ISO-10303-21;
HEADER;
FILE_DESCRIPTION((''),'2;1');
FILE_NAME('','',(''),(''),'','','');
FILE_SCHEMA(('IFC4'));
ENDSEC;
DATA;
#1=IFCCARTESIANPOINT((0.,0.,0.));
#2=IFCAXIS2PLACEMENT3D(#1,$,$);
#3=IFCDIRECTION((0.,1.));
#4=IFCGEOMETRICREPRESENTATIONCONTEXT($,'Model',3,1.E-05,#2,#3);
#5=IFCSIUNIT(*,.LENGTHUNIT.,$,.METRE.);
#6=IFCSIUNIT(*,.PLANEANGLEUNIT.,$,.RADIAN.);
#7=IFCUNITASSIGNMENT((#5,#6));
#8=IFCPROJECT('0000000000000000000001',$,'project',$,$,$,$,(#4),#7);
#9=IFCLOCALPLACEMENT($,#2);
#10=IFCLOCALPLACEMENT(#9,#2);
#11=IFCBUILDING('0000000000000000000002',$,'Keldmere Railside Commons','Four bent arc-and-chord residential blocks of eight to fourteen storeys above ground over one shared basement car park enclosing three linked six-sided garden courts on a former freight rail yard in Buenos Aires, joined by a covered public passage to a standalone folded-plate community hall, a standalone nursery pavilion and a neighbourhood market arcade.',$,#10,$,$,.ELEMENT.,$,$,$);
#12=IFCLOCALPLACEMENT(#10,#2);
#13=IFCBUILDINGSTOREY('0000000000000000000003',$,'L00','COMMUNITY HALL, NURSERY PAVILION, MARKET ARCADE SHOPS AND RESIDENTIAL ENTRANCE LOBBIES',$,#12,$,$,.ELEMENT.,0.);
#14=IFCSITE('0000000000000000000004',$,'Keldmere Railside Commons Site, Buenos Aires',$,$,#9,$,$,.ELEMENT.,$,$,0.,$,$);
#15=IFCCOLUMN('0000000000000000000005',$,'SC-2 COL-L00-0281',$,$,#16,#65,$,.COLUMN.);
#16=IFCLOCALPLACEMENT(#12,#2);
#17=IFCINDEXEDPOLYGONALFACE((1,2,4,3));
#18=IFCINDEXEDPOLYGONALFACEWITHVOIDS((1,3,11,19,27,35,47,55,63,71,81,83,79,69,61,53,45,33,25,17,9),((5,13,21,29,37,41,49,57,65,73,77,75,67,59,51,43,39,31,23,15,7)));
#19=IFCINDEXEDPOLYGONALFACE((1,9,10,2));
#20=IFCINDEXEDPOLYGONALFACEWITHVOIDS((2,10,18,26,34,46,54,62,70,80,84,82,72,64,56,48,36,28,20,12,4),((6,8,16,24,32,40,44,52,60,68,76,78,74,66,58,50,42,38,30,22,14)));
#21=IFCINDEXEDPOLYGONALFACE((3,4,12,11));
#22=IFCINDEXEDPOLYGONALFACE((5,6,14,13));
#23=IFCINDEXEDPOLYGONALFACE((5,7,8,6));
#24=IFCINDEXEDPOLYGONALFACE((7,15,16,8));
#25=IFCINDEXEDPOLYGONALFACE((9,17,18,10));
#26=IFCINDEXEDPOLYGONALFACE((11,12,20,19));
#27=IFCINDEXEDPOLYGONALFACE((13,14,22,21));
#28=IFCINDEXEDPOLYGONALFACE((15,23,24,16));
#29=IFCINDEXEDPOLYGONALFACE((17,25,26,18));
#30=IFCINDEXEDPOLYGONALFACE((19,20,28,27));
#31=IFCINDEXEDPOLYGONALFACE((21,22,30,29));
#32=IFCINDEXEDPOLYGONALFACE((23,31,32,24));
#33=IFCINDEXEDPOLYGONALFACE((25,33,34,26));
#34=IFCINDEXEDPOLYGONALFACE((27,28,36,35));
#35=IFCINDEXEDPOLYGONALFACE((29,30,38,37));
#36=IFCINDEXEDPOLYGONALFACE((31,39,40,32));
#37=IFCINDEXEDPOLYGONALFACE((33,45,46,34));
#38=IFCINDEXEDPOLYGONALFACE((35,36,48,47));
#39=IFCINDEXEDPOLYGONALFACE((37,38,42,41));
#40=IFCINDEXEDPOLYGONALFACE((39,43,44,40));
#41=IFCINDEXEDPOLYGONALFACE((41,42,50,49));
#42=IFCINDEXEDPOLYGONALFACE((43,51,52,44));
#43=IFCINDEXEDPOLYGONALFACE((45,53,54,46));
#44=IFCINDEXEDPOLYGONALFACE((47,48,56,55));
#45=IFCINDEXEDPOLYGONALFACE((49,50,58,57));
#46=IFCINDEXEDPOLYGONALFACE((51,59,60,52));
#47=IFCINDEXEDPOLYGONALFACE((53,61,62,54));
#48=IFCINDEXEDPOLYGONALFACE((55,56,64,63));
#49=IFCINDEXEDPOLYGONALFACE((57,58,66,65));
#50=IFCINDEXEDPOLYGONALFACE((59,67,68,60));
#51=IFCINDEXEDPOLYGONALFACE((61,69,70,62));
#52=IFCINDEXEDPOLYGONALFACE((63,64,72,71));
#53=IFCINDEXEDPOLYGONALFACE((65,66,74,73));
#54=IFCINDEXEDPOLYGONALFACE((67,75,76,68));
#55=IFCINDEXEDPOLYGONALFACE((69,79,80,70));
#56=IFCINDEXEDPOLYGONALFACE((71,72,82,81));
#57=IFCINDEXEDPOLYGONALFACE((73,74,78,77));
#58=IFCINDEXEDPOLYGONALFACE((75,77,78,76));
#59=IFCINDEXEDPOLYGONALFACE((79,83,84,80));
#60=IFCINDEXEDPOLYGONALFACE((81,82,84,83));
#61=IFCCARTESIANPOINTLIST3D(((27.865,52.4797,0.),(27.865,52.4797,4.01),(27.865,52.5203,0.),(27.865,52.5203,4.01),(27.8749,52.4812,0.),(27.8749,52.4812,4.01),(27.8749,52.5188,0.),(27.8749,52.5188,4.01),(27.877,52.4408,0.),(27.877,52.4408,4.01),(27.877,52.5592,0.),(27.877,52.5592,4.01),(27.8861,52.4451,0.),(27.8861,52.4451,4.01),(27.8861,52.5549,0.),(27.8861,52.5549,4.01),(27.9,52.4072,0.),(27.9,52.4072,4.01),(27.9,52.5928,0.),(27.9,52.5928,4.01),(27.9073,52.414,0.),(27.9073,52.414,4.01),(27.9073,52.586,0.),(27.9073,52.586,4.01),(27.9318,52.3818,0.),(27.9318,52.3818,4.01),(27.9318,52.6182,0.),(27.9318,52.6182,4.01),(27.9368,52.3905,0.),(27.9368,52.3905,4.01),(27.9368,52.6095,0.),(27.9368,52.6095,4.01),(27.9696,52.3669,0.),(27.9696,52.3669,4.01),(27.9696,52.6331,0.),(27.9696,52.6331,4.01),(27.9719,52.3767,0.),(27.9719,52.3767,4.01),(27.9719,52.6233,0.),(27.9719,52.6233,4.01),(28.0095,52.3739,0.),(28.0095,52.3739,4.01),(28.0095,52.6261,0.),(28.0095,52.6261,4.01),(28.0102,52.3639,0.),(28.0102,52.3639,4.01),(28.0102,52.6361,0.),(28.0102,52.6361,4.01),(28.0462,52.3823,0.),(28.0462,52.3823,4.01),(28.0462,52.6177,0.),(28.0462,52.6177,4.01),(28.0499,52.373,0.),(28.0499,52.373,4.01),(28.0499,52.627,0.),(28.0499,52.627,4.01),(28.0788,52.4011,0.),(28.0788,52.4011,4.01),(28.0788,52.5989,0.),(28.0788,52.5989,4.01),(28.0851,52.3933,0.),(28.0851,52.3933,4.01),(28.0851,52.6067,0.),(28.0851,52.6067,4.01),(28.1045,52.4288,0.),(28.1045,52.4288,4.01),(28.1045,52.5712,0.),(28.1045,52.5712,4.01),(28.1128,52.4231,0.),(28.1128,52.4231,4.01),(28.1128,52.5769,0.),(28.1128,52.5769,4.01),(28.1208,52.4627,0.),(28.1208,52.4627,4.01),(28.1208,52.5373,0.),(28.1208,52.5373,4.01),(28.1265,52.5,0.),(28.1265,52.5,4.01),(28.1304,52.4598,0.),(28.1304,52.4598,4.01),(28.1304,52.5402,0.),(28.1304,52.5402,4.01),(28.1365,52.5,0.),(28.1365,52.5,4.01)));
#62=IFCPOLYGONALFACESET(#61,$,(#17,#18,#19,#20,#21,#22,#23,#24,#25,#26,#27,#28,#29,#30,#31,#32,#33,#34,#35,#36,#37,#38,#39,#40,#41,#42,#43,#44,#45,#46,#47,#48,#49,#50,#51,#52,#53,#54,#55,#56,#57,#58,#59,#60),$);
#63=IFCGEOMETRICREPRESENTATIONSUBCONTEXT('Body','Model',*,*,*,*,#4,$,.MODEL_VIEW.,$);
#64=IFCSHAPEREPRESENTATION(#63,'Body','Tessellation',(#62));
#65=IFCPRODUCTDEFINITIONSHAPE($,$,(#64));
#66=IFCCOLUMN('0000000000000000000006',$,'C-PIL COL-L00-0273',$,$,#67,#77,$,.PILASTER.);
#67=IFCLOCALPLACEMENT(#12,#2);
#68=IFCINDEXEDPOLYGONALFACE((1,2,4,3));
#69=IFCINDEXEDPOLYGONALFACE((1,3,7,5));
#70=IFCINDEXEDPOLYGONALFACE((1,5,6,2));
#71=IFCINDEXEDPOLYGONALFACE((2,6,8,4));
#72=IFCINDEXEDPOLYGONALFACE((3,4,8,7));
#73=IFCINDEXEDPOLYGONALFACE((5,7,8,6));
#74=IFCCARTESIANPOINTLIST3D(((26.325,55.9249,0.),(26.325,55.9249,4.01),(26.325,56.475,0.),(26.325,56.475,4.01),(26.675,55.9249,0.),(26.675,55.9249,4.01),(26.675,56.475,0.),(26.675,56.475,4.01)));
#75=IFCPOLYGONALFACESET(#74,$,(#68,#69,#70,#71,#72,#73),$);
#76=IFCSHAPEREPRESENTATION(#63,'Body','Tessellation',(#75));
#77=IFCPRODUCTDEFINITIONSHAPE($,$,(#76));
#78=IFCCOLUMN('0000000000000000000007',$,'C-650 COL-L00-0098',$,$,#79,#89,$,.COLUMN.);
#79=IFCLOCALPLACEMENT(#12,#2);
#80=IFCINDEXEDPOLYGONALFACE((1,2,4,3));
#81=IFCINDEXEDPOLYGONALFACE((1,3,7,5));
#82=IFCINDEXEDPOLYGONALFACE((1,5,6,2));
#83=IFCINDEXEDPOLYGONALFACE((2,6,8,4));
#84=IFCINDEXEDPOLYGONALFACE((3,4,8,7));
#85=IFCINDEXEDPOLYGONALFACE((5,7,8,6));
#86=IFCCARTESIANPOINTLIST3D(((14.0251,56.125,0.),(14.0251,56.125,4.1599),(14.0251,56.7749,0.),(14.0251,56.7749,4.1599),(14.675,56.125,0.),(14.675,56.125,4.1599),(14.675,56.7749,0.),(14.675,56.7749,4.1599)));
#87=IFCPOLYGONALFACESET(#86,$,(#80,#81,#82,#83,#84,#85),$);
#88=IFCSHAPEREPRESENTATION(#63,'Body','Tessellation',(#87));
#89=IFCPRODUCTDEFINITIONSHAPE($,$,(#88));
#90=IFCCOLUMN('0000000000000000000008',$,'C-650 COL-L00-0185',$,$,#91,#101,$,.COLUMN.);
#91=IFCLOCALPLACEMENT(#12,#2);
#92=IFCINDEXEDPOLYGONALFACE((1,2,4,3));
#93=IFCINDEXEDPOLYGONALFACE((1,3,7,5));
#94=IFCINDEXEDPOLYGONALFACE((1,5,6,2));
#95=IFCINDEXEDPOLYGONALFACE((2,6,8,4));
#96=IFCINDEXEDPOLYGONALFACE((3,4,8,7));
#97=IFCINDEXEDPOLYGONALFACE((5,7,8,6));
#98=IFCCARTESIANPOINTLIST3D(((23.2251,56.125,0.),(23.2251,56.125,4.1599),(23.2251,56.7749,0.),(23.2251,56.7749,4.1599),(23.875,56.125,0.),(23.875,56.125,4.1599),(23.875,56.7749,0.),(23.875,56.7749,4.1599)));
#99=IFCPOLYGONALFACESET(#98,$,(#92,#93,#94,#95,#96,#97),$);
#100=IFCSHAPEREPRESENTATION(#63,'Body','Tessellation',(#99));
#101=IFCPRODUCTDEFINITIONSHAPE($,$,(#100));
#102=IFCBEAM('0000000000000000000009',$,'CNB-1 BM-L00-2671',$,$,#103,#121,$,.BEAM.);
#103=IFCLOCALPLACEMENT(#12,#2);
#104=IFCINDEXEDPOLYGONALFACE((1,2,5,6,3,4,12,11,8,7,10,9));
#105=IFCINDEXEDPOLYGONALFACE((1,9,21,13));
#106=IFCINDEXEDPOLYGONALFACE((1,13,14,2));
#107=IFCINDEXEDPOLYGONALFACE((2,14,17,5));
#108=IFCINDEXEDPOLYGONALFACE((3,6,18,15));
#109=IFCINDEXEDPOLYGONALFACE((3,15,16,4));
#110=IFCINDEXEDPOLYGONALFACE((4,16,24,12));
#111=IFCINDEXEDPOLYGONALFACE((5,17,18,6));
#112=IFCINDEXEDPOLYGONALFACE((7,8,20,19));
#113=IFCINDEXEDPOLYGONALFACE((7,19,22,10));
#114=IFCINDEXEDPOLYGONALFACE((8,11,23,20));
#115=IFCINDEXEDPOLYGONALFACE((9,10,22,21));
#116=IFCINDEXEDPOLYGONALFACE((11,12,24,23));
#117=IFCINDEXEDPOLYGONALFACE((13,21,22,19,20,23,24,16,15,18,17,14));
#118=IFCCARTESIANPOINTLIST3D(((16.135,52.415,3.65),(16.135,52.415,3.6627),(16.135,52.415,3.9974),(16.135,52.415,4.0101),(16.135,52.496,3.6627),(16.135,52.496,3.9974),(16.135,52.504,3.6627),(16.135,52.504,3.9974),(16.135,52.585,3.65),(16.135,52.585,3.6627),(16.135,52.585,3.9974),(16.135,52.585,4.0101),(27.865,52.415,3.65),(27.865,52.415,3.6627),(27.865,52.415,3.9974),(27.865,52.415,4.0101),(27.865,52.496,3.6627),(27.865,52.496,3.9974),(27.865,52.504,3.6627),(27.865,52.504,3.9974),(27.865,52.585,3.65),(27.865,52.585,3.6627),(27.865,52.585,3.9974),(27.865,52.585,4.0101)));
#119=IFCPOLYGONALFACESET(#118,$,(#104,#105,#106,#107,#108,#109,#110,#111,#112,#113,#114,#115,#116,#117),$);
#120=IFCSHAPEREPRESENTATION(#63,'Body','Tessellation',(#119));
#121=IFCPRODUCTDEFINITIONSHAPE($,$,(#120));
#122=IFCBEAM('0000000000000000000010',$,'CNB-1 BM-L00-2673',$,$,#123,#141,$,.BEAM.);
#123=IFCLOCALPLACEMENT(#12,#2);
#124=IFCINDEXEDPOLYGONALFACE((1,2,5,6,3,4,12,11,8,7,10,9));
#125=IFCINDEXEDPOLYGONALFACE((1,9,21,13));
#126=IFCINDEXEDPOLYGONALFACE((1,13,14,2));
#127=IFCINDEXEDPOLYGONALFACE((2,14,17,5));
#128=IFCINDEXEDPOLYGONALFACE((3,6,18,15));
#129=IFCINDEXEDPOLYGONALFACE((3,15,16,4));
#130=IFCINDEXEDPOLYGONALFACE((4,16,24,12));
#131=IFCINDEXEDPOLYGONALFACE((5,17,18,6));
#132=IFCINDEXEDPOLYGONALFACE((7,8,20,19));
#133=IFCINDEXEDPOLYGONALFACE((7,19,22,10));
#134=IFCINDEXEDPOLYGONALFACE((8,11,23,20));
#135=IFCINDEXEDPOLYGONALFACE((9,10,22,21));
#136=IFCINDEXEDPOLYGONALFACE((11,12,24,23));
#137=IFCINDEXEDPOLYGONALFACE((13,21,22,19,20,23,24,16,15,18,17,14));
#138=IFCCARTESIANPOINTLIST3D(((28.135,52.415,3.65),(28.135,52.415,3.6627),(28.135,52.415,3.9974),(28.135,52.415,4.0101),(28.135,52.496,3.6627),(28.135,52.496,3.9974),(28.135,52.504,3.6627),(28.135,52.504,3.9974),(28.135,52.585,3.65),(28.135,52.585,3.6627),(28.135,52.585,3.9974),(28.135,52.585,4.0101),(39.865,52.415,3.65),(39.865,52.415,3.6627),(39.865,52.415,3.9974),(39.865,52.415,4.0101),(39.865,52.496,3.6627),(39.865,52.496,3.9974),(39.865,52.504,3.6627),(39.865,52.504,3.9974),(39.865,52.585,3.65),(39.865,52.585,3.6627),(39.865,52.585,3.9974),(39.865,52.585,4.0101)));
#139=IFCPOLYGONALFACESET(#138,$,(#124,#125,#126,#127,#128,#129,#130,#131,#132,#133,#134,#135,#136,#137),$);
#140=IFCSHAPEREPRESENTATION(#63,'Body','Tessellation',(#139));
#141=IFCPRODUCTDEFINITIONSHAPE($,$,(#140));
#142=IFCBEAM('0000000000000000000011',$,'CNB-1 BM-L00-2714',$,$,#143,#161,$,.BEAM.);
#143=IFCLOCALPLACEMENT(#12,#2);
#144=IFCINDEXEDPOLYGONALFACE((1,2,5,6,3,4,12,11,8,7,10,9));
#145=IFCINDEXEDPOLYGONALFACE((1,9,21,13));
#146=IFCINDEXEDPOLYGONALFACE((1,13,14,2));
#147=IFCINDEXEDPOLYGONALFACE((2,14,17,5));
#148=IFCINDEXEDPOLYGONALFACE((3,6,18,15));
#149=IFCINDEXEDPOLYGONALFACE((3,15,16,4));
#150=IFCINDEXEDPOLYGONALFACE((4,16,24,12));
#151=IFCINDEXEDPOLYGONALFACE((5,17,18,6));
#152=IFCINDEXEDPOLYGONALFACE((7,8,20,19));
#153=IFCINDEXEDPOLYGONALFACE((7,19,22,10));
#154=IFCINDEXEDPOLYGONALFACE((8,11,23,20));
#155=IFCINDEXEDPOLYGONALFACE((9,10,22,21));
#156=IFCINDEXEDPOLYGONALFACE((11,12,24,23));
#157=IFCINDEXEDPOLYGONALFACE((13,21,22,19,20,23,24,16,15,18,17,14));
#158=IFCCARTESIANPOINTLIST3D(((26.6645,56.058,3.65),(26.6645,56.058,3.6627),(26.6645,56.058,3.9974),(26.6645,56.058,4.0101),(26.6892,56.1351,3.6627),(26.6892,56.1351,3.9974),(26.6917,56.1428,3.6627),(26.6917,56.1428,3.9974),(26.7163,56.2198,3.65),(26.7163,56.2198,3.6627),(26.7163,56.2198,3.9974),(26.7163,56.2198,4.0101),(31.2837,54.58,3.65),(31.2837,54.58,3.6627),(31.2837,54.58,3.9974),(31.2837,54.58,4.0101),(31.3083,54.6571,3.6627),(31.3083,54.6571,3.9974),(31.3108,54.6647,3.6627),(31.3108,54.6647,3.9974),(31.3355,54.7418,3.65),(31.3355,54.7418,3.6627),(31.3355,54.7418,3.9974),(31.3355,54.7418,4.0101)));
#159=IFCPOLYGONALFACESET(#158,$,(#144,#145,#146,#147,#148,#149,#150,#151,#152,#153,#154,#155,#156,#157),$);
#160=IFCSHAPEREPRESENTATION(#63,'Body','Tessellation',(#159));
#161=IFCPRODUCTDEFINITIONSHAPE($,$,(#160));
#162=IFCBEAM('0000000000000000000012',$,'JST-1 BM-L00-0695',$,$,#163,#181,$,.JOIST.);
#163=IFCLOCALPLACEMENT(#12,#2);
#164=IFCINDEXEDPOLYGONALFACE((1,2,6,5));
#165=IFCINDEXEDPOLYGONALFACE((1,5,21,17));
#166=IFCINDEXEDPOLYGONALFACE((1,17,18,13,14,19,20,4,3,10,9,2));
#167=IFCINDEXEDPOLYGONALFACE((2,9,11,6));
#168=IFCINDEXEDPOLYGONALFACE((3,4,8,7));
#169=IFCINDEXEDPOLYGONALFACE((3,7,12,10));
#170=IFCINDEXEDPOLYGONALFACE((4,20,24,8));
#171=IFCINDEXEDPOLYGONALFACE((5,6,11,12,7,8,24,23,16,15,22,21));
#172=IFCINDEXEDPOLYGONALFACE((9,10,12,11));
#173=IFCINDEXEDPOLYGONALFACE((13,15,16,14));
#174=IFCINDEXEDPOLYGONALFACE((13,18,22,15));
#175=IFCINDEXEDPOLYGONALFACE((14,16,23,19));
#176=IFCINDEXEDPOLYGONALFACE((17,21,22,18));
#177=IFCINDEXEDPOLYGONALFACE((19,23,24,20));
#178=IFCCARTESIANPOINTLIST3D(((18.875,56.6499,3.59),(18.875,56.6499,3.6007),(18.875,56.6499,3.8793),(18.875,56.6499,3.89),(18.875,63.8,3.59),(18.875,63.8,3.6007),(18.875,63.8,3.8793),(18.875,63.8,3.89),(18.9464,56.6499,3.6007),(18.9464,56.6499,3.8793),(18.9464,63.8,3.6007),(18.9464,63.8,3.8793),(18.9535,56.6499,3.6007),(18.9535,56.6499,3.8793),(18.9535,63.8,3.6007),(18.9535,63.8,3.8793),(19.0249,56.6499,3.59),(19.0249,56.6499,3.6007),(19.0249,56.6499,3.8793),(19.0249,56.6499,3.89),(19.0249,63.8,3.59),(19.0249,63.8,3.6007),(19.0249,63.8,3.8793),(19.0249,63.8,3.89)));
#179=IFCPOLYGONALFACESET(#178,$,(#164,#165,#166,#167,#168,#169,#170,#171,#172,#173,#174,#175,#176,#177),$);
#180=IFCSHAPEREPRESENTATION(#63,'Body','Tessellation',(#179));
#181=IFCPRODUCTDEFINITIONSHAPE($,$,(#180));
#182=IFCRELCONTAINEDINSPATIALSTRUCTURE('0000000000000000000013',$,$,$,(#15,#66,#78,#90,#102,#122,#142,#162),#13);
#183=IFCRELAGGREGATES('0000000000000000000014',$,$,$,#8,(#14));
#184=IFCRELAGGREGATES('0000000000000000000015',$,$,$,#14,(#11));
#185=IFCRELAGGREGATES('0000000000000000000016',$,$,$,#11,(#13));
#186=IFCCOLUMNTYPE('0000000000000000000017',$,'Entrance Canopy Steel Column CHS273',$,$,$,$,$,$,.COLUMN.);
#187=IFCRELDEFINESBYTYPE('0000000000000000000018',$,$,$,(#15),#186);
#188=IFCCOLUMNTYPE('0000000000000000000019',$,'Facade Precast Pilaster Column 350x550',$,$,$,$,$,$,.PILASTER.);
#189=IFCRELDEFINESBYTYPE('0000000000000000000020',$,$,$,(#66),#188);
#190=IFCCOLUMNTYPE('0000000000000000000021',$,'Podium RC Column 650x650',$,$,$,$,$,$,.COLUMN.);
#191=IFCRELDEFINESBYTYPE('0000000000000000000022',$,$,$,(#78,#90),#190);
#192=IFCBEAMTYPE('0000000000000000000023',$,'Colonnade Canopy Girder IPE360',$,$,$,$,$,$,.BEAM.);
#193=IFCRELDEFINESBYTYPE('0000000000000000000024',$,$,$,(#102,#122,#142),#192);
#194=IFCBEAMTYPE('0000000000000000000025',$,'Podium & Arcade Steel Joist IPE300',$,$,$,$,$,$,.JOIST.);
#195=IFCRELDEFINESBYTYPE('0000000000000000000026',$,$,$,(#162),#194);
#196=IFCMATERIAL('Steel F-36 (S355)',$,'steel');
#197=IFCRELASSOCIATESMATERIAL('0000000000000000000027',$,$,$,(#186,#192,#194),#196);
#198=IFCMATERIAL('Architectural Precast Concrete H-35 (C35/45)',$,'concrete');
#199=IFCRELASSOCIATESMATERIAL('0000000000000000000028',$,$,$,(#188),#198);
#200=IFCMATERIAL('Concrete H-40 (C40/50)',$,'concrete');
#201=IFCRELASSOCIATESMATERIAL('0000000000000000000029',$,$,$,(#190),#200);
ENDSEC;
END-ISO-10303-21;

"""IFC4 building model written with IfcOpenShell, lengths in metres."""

from ifc_helpers import new_model, si_unit, direction, frame, origin, origin_2d, place, context, subcontext, project, spatial, rectangle, hollow_circle, i_section, extrude, material, material_profile, profile_set, type_object, element, save


model = new_model("IFC4")

# Units and contexts
model_context = context("Model", 3, precision=1e-05, world=origin(), true_north=direction((0.0, 1.0)))
body_context = subcontext(model_context, "Body", "Model", "MODEL_VIEW")
ifc_project = project(units=[si_unit("LENGTHUNIT", "METRE"), si_unit("PLANEANGLEUNIT", "RADIAN")], contexts=[model_context])

# Site, building, storey
site_placement = place(None, origin())
site = spatial("IfcSite", under=ifc_project, at=site_placement, Name="Keldmere Railside Commons Site, Buenos Aires", CompositionType="ELEMENT", RefElevation=0.0)
building_placement = place(site_placement, origin())
building = spatial("IfcBuilding", under=site, at=building_placement, Name="Keldmere Railside Commons", Description="Four bent arc-and-chord residential blocks of eight to fourteen storeys above ground over one shared basement car park enclosing three linked six-sided garden courts on a former freight rail yard in Buenos Aires, joined by a covered public passage to a standalone folded-plate community hall, a standalone nursery pavilion and a neighbourhood market arcade.", CompositionType="ELEMENT")
storey_placement = place(building_placement, origin())
storey = spatial("IfcBuildingStorey", under=building, at=storey_placement, Name="L00", Description="COMMUNITY HALL, NURSERY PAVILION, MARKET ARCADE SHOPS AND RESIDENTIAL ENTRANCE LOBBIES", CompositionType="ELEMENT", Elevation=0.0)

# Columns
ifc_material_1 = material(Name="Steel F-36 (S355)", Category="steel")
ifc_material_profile_1 = material_profile(ifc_material_1, hollow_circle(Radius=0.1365, WallThickness=0.01, at=origin_2d()), Name="CHS-273x10")
ifc_profile_set_1 = profile_set([ifc_material_profile_1], Name="Steel F-36 (S355)")
column_type_1 = type_object("IfcColumnType", Name="Entrance Canopy Steel Column CHS273", PredefinedType="COLUMN", material=ifc_profile_set_1)
column_1_placement = place(storey_placement, frame((28.0, 52.5, 0.0), z_axis=(0.0, 0.0, 1.0), x_axis=(1.0, 0.0, 0.0)))
element("IfcColumn", 1, at=column_1_placement, inside=storey, type_object=column_type_1, Name="SC-2 COL-L00-0281", PredefinedType="COLUMN", context=body_context, shape_type="SweptSolid", body=[
    extrude(hollow_circle(Radius=0.1365, WallThickness=0.01, at=origin_2d()), origin(), (0.0, 0.0, 1.0), 4.01),
])
ifc_material_2 = material(Name="Architectural Precast Concrete H-35 (C35/45)", Category="concrete")
ifc_material_profile_2 = material_profile(ifc_material_2, rectangle(XDim=0.3501, YDim=0.55, at=origin_2d()), Name="RC-350x550")
ifc_profile_set_2 = profile_set([ifc_material_profile_2], Name="Architectural Precast Concrete H-35 (C35/45)")
column_type_2 = type_object("IfcColumnType", Name="Facade Precast Pilaster Column 350x550", PredefinedType="PILASTER", material=ifc_profile_set_2)
column_2_placement = place(storey_placement, frame((26.5, 56.2, 0.0), z_axis=(0.0, 0.0, 1.0), x_axis=(1.0, 0.0, 0.0)))
element("IfcColumn", 2, at=column_2_placement, inside=storey, type_object=column_type_2, Name="C-PIL COL-L00-0273", PredefinedType="PILASTER", context=body_context, shape_type="SweptSolid", body=[
    extrude(rectangle(XDim=0.3501, YDim=0.55, at=origin_2d()), origin(), (0.0, 0.0, 1.0), 4.01),
])
ifc_material_3 = material(Name="Concrete H-40 (C40/50)", Category="concrete")
ifc_material_profile_3 = material_profile(ifc_material_3, rectangle(XDim=0.6499, YDim=0.6499, at=origin_2d()), Name="RC-650x650")
ifc_profile_set_3 = profile_set([ifc_material_profile_3], Name="Concrete H-40 (C40/50)")
column_type_3 = type_object("IfcColumnType", Name="Podium RC Column 650x650", PredefinedType="COLUMN", material=ifc_profile_set_3)
for number, where, z_axis, x_axis, name in (
    (3, (14.3501, 56.45, 0.0), (0.0, 0.0, 1.0), (1.0, 0.0, 0.0), "C-650 COL-L00-0098"),
    (4, (23.55, 56.45, 0.0), (0.0, 0.0, 1.0), (1.0, 0.0, 0.0), "C-650 COL-L00-0185"),
):
    element("IfcColumn", number, at=place(storey_placement, frame(where, z_axis=z_axis, x_axis=x_axis)), inside=storey, type_object=column_type_3, Name=name, PredefinedType="COLUMN", context=body_context, shape_type="SweptSolid", body=[
        extrude(rectangle(XDim=0.6499, YDim=0.6499, at=origin_2d()), origin(), (0.0, 0.0, 1.0), 4.1599),
    ])

# Beams
ifc_material_profile_4 = material_profile(ifc_material_1, i_section(OverallWidth=0.1699, OverallDepth=0.3601, WebThickness=0.0081, FlangeThickness=0.0127, at=origin_2d()), Name="IPE-360")
ifc_profile_set_4 = profile_set([ifc_material_profile_4], Name="Steel F-36 (S355)")
beam_type_1 = type_object("IfcBeamType", Name="Colonnade Canopy Girder IPE360", PredefinedType="BEAM", material=ifc_profile_set_4)
for number, where, z_axis, x_axis, name in (
    (5, (16.135, 52.5, 3.8301), (1.0, 0.0, 0.0), (0.0, 1.0, 0.0), "CNB-1 BM-L00-2671"),
    (6, (28.135, 52.5, 3.8301), (1.0, 0.0, 0.0), (0.0, 1.0, 0.0), "CNB-1 BM-L00-2673"),
):
    element("IfcBeam", number, at=place(storey_placement, frame(where, z_axis=z_axis, x_axis=x_axis)), inside=storey, type_object=beam_type_1, Name=name, PredefinedType="BEAM", context=body_context, shape_type="SweptSolid", body=[
        extrude(i_section(OverallWidth=0.1699, OverallDepth=0.3601, WebThickness=0.0081, FlangeThickness=0.0127, at=origin_2d()), origin(), (0.0, 0.0, 1.0), 11.73),
    ])
beam_1_placement = place(storey_placement, frame((26.6904, 56.1389, 3.8301), z_axis=(0.95243, -0.304757, 0.0), x_axis=(0.304757, 0.95243, 0.0)))
element("IfcBeam", 7, at=beam_1_placement, inside=storey, type_object=beam_type_1, Name="CNB-1 BM-L00-2714", PredefinedType="BEAM", context=body_context, shape_type="SweptSolid", body=[
    extrude(i_section(OverallWidth=0.1699, OverallDepth=0.3601, WebThickness=0.0081, FlangeThickness=0.0127, at=origin_2d()), origin(), (0.0, 0.0, 1.0), 4.8499),
])
ifc_material_profile_5 = material_profile(ifc_material_1, i_section(OverallWidth=0.1499, OverallDepth=0.3, WebThickness=0.0071, FlangeThickness=0.0107, at=origin_2d()), Name="IPE-300")
ifc_profile_set_5 = profile_set([ifc_material_profile_5], Name="Steel F-36 (S355)")
beam_type_2 = type_object("IfcBeamType", Name="Podium & Arcade Steel Joist IPE300", PredefinedType="JOIST", material=ifc_profile_set_5)
beam_2_placement = place(storey_placement, frame((18.95, 56.6499, 3.74), z_axis=(0.0, 1.0, 0.0), x_axis=(-1.0, 0.0, 0.0)))
element("IfcBeam", 8, at=beam_2_placement, inside=storey, type_object=beam_type_2, Name="JST-1 BM-L00-0695", PredefinedType="JOIST", context=body_context, shape_type="SweptSolid", body=[
    extrude(i_section(OverallWidth=0.1499, OverallDepth=0.3, WebThickness=0.0071, FlangeThickness=0.0107, at=origin_2d()), origin(), (0.0, 0.0, 1.0), 7.1501),
])

save(model, "model.ifc")
